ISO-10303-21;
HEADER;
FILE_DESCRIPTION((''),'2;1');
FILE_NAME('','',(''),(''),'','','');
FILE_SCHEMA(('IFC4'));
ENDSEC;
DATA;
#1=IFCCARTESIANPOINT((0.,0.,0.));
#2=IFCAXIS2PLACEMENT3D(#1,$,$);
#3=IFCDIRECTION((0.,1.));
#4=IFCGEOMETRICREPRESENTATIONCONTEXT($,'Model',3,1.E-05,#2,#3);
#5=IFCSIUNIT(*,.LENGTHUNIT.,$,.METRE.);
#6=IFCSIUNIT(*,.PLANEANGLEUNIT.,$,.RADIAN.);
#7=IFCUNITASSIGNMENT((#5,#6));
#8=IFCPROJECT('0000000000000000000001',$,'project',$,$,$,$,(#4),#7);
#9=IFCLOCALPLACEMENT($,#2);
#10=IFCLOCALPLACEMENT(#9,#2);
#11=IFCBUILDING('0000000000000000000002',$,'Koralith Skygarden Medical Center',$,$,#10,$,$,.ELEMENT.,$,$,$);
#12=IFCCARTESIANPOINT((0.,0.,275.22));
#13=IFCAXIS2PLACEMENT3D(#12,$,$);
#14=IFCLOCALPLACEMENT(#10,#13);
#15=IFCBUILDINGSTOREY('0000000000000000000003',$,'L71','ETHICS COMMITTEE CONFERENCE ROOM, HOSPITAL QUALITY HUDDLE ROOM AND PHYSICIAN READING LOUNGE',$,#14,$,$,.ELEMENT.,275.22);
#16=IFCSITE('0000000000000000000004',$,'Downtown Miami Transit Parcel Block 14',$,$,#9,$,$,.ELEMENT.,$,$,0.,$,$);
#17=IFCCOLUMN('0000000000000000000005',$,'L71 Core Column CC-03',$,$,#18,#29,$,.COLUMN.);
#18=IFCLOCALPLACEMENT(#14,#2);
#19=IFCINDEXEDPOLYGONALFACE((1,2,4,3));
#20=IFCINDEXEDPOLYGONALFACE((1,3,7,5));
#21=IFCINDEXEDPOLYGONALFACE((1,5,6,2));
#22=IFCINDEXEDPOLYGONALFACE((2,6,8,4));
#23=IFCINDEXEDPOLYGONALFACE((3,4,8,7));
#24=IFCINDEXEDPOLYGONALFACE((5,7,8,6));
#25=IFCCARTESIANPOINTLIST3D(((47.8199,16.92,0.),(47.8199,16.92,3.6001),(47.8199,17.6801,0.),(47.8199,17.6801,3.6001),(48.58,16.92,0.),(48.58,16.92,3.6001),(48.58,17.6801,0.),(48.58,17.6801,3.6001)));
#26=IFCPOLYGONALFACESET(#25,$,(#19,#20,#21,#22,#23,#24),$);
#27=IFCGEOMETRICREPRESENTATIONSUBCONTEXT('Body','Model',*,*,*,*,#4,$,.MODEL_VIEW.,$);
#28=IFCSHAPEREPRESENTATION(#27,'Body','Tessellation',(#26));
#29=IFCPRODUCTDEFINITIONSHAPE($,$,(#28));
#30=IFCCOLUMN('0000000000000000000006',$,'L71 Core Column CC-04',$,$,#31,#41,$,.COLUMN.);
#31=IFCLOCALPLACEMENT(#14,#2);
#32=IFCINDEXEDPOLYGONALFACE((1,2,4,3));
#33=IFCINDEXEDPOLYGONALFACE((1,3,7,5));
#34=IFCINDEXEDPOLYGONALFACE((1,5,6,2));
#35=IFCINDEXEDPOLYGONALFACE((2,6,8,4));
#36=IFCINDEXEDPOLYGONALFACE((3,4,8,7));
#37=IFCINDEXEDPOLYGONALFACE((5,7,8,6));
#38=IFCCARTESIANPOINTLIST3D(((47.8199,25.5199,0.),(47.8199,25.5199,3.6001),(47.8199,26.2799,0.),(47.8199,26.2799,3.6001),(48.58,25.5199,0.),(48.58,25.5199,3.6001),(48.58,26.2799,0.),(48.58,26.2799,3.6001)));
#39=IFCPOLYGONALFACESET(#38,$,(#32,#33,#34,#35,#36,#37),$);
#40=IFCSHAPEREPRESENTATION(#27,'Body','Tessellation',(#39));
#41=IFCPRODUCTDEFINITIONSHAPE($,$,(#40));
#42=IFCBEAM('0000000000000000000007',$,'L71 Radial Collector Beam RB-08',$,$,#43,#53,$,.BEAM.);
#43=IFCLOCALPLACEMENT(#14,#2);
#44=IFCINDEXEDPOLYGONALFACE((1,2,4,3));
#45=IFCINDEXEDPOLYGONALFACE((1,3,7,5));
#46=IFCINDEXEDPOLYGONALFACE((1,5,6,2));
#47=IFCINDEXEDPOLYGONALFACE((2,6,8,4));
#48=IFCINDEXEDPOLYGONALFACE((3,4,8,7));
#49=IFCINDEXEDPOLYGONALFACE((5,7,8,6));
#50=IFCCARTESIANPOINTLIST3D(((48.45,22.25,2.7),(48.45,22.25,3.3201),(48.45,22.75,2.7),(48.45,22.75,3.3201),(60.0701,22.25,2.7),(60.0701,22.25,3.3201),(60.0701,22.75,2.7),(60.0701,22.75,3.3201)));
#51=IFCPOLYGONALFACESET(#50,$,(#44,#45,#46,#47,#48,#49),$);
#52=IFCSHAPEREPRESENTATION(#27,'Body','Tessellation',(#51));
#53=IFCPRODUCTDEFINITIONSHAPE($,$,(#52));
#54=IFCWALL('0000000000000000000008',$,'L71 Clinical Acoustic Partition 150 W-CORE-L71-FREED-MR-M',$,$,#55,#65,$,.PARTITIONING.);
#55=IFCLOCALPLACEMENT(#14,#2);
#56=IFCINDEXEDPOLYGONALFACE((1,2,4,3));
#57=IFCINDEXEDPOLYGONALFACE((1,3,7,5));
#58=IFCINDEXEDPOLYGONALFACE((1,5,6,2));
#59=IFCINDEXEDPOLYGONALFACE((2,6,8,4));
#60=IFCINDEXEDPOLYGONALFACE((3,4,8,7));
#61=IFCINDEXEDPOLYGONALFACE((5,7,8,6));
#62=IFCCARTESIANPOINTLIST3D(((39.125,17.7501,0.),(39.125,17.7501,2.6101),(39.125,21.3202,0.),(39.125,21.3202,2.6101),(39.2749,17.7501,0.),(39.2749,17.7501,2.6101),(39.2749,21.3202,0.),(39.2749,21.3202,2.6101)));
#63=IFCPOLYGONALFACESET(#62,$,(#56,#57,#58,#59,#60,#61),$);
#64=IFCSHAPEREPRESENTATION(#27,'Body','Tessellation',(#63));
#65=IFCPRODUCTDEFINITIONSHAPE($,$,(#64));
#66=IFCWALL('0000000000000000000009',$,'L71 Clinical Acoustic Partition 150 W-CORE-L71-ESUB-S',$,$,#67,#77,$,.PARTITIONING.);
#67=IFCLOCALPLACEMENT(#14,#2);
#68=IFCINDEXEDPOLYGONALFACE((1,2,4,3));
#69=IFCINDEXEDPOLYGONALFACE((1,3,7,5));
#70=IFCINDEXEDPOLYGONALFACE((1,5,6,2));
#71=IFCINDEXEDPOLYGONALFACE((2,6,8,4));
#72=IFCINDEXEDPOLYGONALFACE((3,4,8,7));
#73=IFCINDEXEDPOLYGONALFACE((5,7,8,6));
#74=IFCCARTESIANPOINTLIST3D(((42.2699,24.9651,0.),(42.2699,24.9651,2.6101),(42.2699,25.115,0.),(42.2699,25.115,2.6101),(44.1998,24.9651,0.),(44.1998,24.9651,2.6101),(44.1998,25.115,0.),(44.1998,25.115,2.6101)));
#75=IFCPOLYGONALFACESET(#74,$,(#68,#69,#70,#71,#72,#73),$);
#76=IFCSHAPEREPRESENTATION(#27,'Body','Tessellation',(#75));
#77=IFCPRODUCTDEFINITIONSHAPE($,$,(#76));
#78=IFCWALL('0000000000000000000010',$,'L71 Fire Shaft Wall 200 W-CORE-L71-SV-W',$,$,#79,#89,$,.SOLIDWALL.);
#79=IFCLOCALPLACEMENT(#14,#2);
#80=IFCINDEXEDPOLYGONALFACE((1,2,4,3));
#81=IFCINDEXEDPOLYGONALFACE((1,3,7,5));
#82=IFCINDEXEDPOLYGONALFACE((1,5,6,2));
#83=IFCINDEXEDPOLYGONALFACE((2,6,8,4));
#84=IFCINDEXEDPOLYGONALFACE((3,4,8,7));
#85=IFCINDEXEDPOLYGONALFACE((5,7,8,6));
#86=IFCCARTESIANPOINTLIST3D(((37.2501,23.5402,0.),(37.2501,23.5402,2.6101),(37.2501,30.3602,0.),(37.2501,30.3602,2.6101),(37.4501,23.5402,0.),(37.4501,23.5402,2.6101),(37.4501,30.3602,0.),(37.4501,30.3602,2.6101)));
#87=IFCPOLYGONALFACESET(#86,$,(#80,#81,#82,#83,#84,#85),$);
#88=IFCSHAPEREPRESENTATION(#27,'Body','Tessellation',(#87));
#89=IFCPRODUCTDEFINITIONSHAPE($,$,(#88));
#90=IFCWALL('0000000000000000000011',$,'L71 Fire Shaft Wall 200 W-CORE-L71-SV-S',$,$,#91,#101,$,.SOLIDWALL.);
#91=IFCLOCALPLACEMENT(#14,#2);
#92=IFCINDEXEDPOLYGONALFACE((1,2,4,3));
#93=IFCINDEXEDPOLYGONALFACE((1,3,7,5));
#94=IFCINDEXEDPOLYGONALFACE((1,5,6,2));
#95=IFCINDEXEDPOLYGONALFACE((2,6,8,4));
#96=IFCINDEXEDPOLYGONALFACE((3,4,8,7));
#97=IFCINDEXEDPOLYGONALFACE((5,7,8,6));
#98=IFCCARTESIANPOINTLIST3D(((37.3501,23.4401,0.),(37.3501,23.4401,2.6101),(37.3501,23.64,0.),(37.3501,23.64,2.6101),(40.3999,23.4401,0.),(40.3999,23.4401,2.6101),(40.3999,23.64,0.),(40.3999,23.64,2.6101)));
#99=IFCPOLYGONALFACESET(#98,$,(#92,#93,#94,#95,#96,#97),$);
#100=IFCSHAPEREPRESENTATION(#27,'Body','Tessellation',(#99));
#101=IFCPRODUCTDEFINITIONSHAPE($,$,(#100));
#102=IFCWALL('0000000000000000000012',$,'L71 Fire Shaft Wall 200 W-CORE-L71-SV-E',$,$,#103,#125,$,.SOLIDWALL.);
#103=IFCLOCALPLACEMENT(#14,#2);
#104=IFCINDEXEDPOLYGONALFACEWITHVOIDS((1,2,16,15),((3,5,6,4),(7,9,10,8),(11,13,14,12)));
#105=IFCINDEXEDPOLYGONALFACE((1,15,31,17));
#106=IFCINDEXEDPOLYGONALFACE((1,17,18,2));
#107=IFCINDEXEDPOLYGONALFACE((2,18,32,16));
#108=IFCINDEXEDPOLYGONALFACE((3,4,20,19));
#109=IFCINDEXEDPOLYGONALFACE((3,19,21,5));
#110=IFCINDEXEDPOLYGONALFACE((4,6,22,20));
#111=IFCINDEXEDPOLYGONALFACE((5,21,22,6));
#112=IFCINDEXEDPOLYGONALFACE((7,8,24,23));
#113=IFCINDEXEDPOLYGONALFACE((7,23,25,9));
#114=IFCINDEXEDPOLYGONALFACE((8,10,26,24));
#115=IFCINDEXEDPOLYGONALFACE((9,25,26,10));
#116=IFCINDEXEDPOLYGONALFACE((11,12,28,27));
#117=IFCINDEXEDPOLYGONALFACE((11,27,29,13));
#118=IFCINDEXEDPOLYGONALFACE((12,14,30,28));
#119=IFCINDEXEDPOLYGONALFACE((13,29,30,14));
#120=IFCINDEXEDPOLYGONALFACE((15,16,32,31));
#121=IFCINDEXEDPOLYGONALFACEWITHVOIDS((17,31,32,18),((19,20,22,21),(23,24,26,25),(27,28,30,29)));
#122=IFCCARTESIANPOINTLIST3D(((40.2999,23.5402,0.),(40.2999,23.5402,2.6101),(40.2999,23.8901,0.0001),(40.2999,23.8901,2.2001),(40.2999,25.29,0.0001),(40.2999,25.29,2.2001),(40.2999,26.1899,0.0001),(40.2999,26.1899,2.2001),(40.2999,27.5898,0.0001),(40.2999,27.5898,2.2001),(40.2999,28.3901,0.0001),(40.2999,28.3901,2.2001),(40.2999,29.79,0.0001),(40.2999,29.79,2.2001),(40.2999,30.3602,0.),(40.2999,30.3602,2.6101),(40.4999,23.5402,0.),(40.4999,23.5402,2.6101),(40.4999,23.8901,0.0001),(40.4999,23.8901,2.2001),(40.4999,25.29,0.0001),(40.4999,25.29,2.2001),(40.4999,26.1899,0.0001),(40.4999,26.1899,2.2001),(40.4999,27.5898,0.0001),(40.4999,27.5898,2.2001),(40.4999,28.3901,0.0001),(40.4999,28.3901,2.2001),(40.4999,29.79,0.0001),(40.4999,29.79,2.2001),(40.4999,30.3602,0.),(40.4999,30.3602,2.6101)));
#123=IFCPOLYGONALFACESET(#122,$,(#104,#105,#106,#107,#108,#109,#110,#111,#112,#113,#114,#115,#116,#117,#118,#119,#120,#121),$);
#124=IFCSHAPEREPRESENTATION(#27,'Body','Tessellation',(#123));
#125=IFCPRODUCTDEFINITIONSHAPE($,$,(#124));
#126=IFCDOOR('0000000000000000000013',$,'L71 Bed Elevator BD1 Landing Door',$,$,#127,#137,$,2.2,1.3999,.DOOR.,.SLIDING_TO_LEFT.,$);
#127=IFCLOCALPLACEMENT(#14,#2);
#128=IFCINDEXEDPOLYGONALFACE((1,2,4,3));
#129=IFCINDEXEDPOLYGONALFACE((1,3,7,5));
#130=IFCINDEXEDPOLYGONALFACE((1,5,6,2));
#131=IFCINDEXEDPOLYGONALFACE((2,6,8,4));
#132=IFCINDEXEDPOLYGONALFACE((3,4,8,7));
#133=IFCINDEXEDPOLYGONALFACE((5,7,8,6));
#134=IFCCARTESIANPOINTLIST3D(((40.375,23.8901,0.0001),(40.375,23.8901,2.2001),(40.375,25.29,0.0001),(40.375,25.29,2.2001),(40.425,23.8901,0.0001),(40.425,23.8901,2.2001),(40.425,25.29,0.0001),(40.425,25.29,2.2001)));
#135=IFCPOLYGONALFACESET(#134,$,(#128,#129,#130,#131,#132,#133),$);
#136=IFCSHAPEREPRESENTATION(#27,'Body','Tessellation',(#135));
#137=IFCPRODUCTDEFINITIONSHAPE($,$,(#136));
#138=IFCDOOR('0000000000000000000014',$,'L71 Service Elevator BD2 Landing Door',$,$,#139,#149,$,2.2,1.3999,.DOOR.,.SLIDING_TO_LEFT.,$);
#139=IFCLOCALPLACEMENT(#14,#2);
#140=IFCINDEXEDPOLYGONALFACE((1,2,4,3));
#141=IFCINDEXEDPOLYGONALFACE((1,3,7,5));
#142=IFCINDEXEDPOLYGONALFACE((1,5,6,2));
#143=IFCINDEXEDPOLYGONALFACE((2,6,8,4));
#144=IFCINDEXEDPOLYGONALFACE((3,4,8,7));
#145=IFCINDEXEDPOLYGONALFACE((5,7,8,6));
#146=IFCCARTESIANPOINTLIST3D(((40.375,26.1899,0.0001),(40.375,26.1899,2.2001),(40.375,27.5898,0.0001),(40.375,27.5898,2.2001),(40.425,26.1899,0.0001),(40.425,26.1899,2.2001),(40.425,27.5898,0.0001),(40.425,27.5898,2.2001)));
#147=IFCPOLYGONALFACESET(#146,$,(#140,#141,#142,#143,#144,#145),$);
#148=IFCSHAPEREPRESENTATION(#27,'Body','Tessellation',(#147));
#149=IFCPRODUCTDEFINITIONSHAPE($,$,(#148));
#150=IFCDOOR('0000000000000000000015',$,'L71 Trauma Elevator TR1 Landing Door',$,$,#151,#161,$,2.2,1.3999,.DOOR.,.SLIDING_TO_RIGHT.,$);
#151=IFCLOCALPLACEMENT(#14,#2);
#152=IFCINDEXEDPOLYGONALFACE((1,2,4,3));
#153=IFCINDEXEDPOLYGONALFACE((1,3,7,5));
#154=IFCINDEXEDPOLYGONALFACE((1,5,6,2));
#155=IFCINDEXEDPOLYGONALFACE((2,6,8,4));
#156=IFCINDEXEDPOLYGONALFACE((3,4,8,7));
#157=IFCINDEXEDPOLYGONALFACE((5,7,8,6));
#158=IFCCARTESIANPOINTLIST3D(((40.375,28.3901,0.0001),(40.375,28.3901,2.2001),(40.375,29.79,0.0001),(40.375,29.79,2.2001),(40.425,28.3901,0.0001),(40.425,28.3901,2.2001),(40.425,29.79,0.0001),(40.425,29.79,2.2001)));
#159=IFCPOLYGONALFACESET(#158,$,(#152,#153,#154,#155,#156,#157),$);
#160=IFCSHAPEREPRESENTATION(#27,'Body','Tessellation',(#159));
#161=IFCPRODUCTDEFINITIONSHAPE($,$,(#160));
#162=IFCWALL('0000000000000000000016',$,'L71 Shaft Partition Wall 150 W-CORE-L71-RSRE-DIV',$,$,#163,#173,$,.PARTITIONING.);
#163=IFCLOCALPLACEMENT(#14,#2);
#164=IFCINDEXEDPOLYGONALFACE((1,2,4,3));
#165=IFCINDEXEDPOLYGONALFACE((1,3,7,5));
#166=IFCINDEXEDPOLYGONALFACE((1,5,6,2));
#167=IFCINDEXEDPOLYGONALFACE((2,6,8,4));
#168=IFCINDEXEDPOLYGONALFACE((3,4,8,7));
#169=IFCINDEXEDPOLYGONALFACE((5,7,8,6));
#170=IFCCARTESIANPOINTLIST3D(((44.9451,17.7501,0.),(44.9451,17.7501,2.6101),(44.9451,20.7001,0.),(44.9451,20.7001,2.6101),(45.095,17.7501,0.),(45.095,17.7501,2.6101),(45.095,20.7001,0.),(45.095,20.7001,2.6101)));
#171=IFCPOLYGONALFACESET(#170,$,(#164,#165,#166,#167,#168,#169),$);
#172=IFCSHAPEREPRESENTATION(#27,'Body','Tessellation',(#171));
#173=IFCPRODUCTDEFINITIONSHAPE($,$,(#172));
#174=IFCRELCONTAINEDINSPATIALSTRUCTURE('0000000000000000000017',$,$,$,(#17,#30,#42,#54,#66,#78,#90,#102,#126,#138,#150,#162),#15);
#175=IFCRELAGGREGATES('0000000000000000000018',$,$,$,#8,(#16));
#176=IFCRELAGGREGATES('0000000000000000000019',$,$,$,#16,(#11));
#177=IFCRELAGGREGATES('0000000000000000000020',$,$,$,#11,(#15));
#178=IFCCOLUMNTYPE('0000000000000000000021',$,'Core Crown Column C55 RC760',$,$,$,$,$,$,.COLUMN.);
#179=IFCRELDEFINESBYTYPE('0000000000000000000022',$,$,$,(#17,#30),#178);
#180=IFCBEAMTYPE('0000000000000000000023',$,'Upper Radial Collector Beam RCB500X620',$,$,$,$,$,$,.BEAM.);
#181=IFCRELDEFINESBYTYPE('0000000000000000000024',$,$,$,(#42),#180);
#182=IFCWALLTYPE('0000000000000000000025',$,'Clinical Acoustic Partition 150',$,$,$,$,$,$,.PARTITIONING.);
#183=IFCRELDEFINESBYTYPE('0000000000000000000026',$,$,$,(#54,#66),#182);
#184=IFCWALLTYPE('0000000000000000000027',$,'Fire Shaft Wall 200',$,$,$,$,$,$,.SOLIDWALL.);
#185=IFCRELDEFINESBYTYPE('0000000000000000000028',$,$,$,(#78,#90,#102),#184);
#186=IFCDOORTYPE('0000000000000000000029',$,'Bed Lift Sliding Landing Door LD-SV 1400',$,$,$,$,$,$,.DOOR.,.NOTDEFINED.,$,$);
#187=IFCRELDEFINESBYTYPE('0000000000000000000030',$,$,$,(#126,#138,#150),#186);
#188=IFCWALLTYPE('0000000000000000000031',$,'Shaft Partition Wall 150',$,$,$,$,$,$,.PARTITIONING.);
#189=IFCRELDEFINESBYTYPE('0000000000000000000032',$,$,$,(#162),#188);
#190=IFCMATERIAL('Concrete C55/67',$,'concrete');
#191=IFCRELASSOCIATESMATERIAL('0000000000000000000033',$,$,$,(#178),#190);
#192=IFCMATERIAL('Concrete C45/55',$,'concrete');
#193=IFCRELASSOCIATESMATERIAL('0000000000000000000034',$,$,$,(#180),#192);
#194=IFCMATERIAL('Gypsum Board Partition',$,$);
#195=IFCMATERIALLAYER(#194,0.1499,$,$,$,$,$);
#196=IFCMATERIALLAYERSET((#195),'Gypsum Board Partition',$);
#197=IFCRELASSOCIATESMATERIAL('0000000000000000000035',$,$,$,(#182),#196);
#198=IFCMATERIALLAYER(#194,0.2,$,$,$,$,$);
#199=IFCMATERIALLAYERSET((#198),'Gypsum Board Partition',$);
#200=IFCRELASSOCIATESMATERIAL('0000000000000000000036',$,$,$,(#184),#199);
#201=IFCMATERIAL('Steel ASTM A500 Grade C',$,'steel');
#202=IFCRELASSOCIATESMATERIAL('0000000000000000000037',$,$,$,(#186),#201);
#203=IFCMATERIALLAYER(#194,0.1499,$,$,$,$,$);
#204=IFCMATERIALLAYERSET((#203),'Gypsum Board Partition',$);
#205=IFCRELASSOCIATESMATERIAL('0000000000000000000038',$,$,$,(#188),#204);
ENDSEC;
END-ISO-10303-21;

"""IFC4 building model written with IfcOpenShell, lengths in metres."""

from ifc_helpers import new_model, si_unit, direction, frame, frame_2d, origin, origin_2d, place, context, subcontext, project, spatial, rectangle, extrude, material, layer, layer_set, material_profile, profile_set, type_object, element, fill, save


model = new_model("IFC4")

# Units and contexts
model_context = context("Model", 3, precision=1e-05, world=origin(), true_north=direction((0.0, 1.0)))
body_context = subcontext(model_context, "Body", "Model", "MODEL_VIEW")
ifc_project = project(units=[si_unit("LENGTHUNIT", "METRE"), si_unit("PLANEANGLEUNIT", "RADIAN")], contexts=[model_context])

# Site, building, storey
site_placement = place(None, origin())
site = spatial("IfcSite", under=ifc_project, at=site_placement, Name="Downtown Miami Transit Parcel Block 14", CompositionType="ELEMENT", RefElevation=0.0)
building_placement = place(site_placement, origin())
building = spatial("IfcBuilding", under=site, at=building_placement, Name="Koralith Skygarden Medical Center", CompositionType="ELEMENT")
storey_placement = place(building_placement, frame((0.0, 0.0, 275.22)))
storey = spatial("IfcBuildingStorey", under=building, at=storey_placement, Name="L71", Description="ETHICS COMMITTEE CONFERENCE ROOM, HOSPITAL QUALITY HUDDLE ROOM AND PHYSICIAN READING LOUNGE", CompositionType="ELEMENT", Elevation=275.22)

# Columns
ifc_material_1 = material(Name="Concrete C55/67", Category="concrete")
ifc_material_profile_1 = material_profile(ifc_material_1, rectangle(XDim=0.76, YDim=0.76, at=origin_2d()), Name="RC760X760")
ifc_profile_set_1 = profile_set([ifc_material_profile_1], Name="Concrete C55/67")
column_type = type_object("IfcColumnType", Name="Core Crown Column C55 RC760", PredefinedType="COLUMN", material=ifc_profile_set_1)
for number, where, z_axis, x_axis, name in (
    (1, (48.2, 17.3, 0.0), (0.0, 0.0, 1.0), (1.0, 0.0, 0.0), "L71 Core Column CC-03"),
    (2, (48.2, 25.8999, 0.0), (0.0, 0.0, 1.0), (1.0, 0.0, 0.0), "L71 Core Column CC-04"),
):
    element("IfcColumn", number, at=place(storey_placement, frame(where, z_axis=z_axis, x_axis=x_axis)), inside=storey, type_object=column_type, Name=name, PredefinedType="COLUMN", context=body_context, shape_type="SweptSolid", body=[
        extrude(rectangle(XDim=0.76, YDim=0.76, at=origin_2d()), origin(), (0.0, 0.0, 1.0), 3.6001),
    ])

# Beam
ifc_material_2 = material(Name="Concrete C45/55", Category="concrete")
ifc_material_profile_2 = material_profile(ifc_material_2, rectangle(XDim=0.5, YDim=0.6201, at=origin_2d()), Name="RCB500X620")
ifc_profile_set_2 = profile_set([ifc_material_profile_2], Name="Concrete C45/55")
beam_type = type_object("IfcBeamType", Name="Upper Radial Collector Beam RCB500X620", PredefinedType="BEAM", material=ifc_profile_set_2)
beam_placement = place(storey_placement, frame((48.45, 22.5, 3.01), z_axis=(1.0, 0.0, 0.0), x_axis=(0.0, 1.0, 0.0)))
element("IfcBeam", 3, at=beam_placement, inside=storey, type_object=beam_type, Name="L71 Radial Collector Beam RB-08", PredefinedType="BEAM", context=body_context, shape_type="SweptSolid", body=[
    extrude(rectangle(XDim=0.5, YDim=0.6201, at=origin_2d()), origin(), (0.0, 0.0, 1.0), 11.6201),
])

# Shared definitions
ifc_material_3 = material(Name="Gypsum Board Partition")
ifc_layer_1 = layer(ifc_material_3, 0.1499)
ifc_layer_set_1 = layer_set([ifc_layer_1], Name="Gypsum Board Partition")
wall_type_1 = type_object("IfcWallType", Name="Clinical Acoustic Partition 150", PredefinedType="PARTITIONING", material=ifc_layer_set_1)

# Wall
wall_1_placement = place(storey_placement, frame((39.2, 17.75, 0.0), z_axis=(0.0, 0.0, 1.0), x_axis=(0.0, 1.0, 0.0)))
element("IfcWall", 4, at=wall_1_placement, inside=storey, type_object=wall_type_1, Name="L71 Clinical Acoustic Partition 150 W-CORE-L71-FREED-MR-M", PredefinedType="PARTITIONING", context=body_context, shape_type="SweptSolid", body=[
    extrude(rectangle(XDim=3.5701, YDim=0.1499, at=frame_2d((1.7852, 0.0))), origin(), (0.0, 0.0, 1.0), 2.6101),
])

# Wall
wall_2_placement = place(storey_placement, frame((42.27, 25.04, 0.0), z_axis=(0.0, 0.0, 1.0), x_axis=(1.0, 0.0, 0.0)))
element("IfcWall", 5, at=wall_2_placement, inside=storey, type_object=wall_type_1, Name="L71 Clinical Acoustic Partition 150 W-CORE-L71-ESUB-S", PredefinedType="PARTITIONING", context=body_context, shape_type="SweptSolid", body=[
    extrude(rectangle(XDim=1.9299, YDim=0.1499, at=frame_2d((0.9648, 0.0))), origin(), (0.0, 0.0, 1.0), 2.6101),
])

# Shared definitions
ifc_layer_2 = layer(ifc_material_3, 0.2)
ifc_layer_set_2 = layer_set([ifc_layer_2], Name="Gypsum Board Partition")
wall_type_2 = type_object("IfcWallType", Name="Fire Shaft Wall 200", PredefinedType="SOLIDWALL", material=ifc_layer_set_2)
ifc_material_4 = material(Name="Steel ASTM A500 Grade C", Category="steel")

# Walls
wall_3_placement = place(storey_placement, frame((37.3501, 23.54, 0.0), z_axis=(0.0, 0.0, 1.0), x_axis=(0.0, 1.0, 0.0)))
element("IfcWall", 6, at=wall_3_placement, inside=storey, type_object=wall_type_2, Name="L71 Fire Shaft Wall 200 W-CORE-L71-SV-W", PredefinedType="SOLIDWALL", context=body_context, shape_type="SweptSolid", body=[
    extrude(rectangle(XDim=6.8201, YDim=0.2, at=frame_2d((3.4102, 0.0))), origin(), (0.0, 0.0, 1.0), 2.6101),
])
wall_4_placement = place(storey_placement, frame((37.3501, 23.54, 0.0), z_axis=(0.0, 0.0, 1.0), x_axis=(1.0, 0.0, 0.0)))
element("IfcWall", 7, at=wall_4_placement, inside=storey, type_object=wall_type_2, Name="L71 Fire Shaft Wall 200 W-CORE-L71-SV-S", PredefinedType="SOLIDWALL", context=body_context, shape_type="SweptSolid", body=[
    extrude(rectangle(XDim=3.0498, YDim=0.2, at=frame_2d((1.5249, 0.0))), origin(), (0.0, 0.0, 1.0), 2.6101),
])

# Wall, openings, doors
wall_5_placement = place(storey_placement, frame((40.3999, 23.54, 0.0), z_axis=(0.0, 0.0, 1.0), x_axis=(0.0, 1.0, 0.0)))
wall_5 = element("IfcWall", 8, at=wall_5_placement, inside=storey, type_object=wall_type_2, Name="L71 Fire Shaft Wall 200 W-CORE-L71-SV-E", PredefinedType="SOLIDWALL", context=body_context, shape_type="SweptSolid", body=[
    extrude(rectangle(XDim=6.8201, YDim=0.2, at=frame_2d((3.4102, 0.0))), origin(), (0.0, 0.0, 1.0), 2.6101),
])
opening_1_placement = place(wall_5_placement, frame((0.3501, 0.0, 0.0)))
opening_1 = element("IfcOpeningElement", 9, at=opening_1_placement, cuts=wall_5, PredefinedType="OPENING", context=body_context, shape_type="SweptSolid", body=[
    extrude(rectangle(XDim=1.3999, YDim=2.2, at=frame_2d((0.7, 1.1001))), frame((0.0, 0.1099, 0.0), z_axis=(0.0, -1.0, 0.0), x_axis=(1.0, 0.0, 0.0)), (0.0, 0.0, 1.0), 0.22),
])
opening_2_placement = place(wall_5_placement, frame((2.6499, 0.0, 0.0)))
opening_2 = element("IfcOpeningElement", 10, at=opening_2_placement, cuts=wall_5, PredefinedType="OPENING", context=body_context, shape_type="SweptSolid", body=[
    extrude(rectangle(XDim=1.3999, YDim=2.2, at=frame_2d((0.7, 1.1001))), frame((0.0, 0.1099, 0.0), z_axis=(0.0, -1.0, 0.0), x_axis=(1.0, 0.0, 0.0)), (0.0, 0.0, 1.0), 0.22),
])
opening_3_placement = place(wall_5_placement, frame((4.8501, 0.0, 0.0)))
opening_3 = element("IfcOpeningElement", 11, at=opening_3_placement, cuts=wall_5, PredefinedType="OPENING", context=body_context, shape_type="SweptSolid", body=[
    extrude(rectangle(XDim=1.3999, YDim=2.2, at=frame_2d((0.7, 1.1001))), frame((0.0, 0.1099, 0.0), z_axis=(0.0, -1.0, 0.0), x_axis=(1.0, 0.0, 0.0)), (0.0, 0.0, 1.0), 0.22),
])
door_type_1 = type_object("IfcDoorType", Name="Bed Lift Sliding Landing Door LD-SV 1400", OperationType="NOTDEFINED", PredefinedType="DOOR", material=ifc_material_4)
door_1_placement = place(opening_1_placement, origin())
door_1 = element("IfcDoor", 12, at=door_1_placement, inside=storey, type_object=door_type_1, Name="L71 Bed Elevator BD1 Landing Door", OperationType="SLIDING_TO_LEFT", OverallHeight=2.2, OverallWidth=1.3999, PredefinedType="DOOR", context=body_context, shape_type="SweptSolid", body=[
    extrude(rectangle(XDim=1.3999, YDim=2.2, at=frame_2d((0.7, 1.1001))), frame((0.0, 0.0249, 0.0), z_axis=(0.0, -1.0, 0.0), x_axis=(1.0, 0.0, 0.0)), (0.0, 0.0, 1.0), 0.05),
])
fill(opening_1, door_1)
door_2_placement = place(opening_2_placement, origin())
door_2 = element("IfcDoor", 13, at=door_2_placement, inside=storey, type_object=door_type_1, Name="L71 Service Elevator BD2 Landing Door", OperationType="SLIDING_TO_LEFT", OverallHeight=2.2, OverallWidth=1.3999, PredefinedType="DOOR", context=body_context, shape_type="SweptSolid", body=[
    extrude(rectangle(XDim=1.3999, YDim=2.2, at=frame_2d((0.7, 1.1001))), frame((0.0, 0.0249, 0.0), z_axis=(0.0, -1.0, 0.0), x_axis=(1.0, 0.0, 0.0)), (0.0, 0.0, 1.0), 0.05),
])
fill(opening_2, door_2)
door_3_placement = place(opening_3_placement, origin())
door_3 = element("IfcDoor", 14, at=door_3_placement, inside=storey, type_object=door_type_1, Name="L71 Trauma Elevator TR1 Landing Door", OperationType="SLIDING_TO_RIGHT", OverallHeight=2.2, OverallWidth=1.3999, PredefinedType="DOOR", context=body_context, shape_type="SweptSolid", body=[
    extrude(rectangle(XDim=1.3999, YDim=2.2, at=frame_2d((0.7, 1.1001))), frame((0.0, 0.0249, 0.0), z_axis=(0.0, -1.0, 0.0), x_axis=(1.0, 0.0, 0.0)), (0.0, 0.0, 1.0), 0.05),
])
fill(opening_3, door_3)

# Wall
ifc_layer_3 = layer(ifc_material_3, 0.1499)
ifc_layer_set_3 = layer_set([ifc_layer_3], Name="Gypsum Board Partition")
wall_type_3 = type_object("IfcWallType", Name="Shaft Partition Wall 150", PredefinedType="PARTITIONING", material=ifc_layer_set_3)
wall_6_placement = place(storey_placement, frame((45.02, 17.75, 0.0), z_axis=(0.0, 0.0, 1.0), x_axis=(0.0, 1.0, 0.0)))
element("IfcWall", 15, at=wall_6_placement, inside=storey, type_object=wall_type_3, Name="L71 Shaft Partition Wall 150 W-CORE-L71-RSRE-DIV", PredefinedType="PARTITIONING", context=body_context, shape_type="SweptSolid", body=[
    extrude(rectangle(XDim=2.95, YDim=0.1499, at=frame_2d((1.4751, 0.0))), origin(), (0.0, 0.0, 1.0), 2.6101),
])

save(model, "model.ifc")
